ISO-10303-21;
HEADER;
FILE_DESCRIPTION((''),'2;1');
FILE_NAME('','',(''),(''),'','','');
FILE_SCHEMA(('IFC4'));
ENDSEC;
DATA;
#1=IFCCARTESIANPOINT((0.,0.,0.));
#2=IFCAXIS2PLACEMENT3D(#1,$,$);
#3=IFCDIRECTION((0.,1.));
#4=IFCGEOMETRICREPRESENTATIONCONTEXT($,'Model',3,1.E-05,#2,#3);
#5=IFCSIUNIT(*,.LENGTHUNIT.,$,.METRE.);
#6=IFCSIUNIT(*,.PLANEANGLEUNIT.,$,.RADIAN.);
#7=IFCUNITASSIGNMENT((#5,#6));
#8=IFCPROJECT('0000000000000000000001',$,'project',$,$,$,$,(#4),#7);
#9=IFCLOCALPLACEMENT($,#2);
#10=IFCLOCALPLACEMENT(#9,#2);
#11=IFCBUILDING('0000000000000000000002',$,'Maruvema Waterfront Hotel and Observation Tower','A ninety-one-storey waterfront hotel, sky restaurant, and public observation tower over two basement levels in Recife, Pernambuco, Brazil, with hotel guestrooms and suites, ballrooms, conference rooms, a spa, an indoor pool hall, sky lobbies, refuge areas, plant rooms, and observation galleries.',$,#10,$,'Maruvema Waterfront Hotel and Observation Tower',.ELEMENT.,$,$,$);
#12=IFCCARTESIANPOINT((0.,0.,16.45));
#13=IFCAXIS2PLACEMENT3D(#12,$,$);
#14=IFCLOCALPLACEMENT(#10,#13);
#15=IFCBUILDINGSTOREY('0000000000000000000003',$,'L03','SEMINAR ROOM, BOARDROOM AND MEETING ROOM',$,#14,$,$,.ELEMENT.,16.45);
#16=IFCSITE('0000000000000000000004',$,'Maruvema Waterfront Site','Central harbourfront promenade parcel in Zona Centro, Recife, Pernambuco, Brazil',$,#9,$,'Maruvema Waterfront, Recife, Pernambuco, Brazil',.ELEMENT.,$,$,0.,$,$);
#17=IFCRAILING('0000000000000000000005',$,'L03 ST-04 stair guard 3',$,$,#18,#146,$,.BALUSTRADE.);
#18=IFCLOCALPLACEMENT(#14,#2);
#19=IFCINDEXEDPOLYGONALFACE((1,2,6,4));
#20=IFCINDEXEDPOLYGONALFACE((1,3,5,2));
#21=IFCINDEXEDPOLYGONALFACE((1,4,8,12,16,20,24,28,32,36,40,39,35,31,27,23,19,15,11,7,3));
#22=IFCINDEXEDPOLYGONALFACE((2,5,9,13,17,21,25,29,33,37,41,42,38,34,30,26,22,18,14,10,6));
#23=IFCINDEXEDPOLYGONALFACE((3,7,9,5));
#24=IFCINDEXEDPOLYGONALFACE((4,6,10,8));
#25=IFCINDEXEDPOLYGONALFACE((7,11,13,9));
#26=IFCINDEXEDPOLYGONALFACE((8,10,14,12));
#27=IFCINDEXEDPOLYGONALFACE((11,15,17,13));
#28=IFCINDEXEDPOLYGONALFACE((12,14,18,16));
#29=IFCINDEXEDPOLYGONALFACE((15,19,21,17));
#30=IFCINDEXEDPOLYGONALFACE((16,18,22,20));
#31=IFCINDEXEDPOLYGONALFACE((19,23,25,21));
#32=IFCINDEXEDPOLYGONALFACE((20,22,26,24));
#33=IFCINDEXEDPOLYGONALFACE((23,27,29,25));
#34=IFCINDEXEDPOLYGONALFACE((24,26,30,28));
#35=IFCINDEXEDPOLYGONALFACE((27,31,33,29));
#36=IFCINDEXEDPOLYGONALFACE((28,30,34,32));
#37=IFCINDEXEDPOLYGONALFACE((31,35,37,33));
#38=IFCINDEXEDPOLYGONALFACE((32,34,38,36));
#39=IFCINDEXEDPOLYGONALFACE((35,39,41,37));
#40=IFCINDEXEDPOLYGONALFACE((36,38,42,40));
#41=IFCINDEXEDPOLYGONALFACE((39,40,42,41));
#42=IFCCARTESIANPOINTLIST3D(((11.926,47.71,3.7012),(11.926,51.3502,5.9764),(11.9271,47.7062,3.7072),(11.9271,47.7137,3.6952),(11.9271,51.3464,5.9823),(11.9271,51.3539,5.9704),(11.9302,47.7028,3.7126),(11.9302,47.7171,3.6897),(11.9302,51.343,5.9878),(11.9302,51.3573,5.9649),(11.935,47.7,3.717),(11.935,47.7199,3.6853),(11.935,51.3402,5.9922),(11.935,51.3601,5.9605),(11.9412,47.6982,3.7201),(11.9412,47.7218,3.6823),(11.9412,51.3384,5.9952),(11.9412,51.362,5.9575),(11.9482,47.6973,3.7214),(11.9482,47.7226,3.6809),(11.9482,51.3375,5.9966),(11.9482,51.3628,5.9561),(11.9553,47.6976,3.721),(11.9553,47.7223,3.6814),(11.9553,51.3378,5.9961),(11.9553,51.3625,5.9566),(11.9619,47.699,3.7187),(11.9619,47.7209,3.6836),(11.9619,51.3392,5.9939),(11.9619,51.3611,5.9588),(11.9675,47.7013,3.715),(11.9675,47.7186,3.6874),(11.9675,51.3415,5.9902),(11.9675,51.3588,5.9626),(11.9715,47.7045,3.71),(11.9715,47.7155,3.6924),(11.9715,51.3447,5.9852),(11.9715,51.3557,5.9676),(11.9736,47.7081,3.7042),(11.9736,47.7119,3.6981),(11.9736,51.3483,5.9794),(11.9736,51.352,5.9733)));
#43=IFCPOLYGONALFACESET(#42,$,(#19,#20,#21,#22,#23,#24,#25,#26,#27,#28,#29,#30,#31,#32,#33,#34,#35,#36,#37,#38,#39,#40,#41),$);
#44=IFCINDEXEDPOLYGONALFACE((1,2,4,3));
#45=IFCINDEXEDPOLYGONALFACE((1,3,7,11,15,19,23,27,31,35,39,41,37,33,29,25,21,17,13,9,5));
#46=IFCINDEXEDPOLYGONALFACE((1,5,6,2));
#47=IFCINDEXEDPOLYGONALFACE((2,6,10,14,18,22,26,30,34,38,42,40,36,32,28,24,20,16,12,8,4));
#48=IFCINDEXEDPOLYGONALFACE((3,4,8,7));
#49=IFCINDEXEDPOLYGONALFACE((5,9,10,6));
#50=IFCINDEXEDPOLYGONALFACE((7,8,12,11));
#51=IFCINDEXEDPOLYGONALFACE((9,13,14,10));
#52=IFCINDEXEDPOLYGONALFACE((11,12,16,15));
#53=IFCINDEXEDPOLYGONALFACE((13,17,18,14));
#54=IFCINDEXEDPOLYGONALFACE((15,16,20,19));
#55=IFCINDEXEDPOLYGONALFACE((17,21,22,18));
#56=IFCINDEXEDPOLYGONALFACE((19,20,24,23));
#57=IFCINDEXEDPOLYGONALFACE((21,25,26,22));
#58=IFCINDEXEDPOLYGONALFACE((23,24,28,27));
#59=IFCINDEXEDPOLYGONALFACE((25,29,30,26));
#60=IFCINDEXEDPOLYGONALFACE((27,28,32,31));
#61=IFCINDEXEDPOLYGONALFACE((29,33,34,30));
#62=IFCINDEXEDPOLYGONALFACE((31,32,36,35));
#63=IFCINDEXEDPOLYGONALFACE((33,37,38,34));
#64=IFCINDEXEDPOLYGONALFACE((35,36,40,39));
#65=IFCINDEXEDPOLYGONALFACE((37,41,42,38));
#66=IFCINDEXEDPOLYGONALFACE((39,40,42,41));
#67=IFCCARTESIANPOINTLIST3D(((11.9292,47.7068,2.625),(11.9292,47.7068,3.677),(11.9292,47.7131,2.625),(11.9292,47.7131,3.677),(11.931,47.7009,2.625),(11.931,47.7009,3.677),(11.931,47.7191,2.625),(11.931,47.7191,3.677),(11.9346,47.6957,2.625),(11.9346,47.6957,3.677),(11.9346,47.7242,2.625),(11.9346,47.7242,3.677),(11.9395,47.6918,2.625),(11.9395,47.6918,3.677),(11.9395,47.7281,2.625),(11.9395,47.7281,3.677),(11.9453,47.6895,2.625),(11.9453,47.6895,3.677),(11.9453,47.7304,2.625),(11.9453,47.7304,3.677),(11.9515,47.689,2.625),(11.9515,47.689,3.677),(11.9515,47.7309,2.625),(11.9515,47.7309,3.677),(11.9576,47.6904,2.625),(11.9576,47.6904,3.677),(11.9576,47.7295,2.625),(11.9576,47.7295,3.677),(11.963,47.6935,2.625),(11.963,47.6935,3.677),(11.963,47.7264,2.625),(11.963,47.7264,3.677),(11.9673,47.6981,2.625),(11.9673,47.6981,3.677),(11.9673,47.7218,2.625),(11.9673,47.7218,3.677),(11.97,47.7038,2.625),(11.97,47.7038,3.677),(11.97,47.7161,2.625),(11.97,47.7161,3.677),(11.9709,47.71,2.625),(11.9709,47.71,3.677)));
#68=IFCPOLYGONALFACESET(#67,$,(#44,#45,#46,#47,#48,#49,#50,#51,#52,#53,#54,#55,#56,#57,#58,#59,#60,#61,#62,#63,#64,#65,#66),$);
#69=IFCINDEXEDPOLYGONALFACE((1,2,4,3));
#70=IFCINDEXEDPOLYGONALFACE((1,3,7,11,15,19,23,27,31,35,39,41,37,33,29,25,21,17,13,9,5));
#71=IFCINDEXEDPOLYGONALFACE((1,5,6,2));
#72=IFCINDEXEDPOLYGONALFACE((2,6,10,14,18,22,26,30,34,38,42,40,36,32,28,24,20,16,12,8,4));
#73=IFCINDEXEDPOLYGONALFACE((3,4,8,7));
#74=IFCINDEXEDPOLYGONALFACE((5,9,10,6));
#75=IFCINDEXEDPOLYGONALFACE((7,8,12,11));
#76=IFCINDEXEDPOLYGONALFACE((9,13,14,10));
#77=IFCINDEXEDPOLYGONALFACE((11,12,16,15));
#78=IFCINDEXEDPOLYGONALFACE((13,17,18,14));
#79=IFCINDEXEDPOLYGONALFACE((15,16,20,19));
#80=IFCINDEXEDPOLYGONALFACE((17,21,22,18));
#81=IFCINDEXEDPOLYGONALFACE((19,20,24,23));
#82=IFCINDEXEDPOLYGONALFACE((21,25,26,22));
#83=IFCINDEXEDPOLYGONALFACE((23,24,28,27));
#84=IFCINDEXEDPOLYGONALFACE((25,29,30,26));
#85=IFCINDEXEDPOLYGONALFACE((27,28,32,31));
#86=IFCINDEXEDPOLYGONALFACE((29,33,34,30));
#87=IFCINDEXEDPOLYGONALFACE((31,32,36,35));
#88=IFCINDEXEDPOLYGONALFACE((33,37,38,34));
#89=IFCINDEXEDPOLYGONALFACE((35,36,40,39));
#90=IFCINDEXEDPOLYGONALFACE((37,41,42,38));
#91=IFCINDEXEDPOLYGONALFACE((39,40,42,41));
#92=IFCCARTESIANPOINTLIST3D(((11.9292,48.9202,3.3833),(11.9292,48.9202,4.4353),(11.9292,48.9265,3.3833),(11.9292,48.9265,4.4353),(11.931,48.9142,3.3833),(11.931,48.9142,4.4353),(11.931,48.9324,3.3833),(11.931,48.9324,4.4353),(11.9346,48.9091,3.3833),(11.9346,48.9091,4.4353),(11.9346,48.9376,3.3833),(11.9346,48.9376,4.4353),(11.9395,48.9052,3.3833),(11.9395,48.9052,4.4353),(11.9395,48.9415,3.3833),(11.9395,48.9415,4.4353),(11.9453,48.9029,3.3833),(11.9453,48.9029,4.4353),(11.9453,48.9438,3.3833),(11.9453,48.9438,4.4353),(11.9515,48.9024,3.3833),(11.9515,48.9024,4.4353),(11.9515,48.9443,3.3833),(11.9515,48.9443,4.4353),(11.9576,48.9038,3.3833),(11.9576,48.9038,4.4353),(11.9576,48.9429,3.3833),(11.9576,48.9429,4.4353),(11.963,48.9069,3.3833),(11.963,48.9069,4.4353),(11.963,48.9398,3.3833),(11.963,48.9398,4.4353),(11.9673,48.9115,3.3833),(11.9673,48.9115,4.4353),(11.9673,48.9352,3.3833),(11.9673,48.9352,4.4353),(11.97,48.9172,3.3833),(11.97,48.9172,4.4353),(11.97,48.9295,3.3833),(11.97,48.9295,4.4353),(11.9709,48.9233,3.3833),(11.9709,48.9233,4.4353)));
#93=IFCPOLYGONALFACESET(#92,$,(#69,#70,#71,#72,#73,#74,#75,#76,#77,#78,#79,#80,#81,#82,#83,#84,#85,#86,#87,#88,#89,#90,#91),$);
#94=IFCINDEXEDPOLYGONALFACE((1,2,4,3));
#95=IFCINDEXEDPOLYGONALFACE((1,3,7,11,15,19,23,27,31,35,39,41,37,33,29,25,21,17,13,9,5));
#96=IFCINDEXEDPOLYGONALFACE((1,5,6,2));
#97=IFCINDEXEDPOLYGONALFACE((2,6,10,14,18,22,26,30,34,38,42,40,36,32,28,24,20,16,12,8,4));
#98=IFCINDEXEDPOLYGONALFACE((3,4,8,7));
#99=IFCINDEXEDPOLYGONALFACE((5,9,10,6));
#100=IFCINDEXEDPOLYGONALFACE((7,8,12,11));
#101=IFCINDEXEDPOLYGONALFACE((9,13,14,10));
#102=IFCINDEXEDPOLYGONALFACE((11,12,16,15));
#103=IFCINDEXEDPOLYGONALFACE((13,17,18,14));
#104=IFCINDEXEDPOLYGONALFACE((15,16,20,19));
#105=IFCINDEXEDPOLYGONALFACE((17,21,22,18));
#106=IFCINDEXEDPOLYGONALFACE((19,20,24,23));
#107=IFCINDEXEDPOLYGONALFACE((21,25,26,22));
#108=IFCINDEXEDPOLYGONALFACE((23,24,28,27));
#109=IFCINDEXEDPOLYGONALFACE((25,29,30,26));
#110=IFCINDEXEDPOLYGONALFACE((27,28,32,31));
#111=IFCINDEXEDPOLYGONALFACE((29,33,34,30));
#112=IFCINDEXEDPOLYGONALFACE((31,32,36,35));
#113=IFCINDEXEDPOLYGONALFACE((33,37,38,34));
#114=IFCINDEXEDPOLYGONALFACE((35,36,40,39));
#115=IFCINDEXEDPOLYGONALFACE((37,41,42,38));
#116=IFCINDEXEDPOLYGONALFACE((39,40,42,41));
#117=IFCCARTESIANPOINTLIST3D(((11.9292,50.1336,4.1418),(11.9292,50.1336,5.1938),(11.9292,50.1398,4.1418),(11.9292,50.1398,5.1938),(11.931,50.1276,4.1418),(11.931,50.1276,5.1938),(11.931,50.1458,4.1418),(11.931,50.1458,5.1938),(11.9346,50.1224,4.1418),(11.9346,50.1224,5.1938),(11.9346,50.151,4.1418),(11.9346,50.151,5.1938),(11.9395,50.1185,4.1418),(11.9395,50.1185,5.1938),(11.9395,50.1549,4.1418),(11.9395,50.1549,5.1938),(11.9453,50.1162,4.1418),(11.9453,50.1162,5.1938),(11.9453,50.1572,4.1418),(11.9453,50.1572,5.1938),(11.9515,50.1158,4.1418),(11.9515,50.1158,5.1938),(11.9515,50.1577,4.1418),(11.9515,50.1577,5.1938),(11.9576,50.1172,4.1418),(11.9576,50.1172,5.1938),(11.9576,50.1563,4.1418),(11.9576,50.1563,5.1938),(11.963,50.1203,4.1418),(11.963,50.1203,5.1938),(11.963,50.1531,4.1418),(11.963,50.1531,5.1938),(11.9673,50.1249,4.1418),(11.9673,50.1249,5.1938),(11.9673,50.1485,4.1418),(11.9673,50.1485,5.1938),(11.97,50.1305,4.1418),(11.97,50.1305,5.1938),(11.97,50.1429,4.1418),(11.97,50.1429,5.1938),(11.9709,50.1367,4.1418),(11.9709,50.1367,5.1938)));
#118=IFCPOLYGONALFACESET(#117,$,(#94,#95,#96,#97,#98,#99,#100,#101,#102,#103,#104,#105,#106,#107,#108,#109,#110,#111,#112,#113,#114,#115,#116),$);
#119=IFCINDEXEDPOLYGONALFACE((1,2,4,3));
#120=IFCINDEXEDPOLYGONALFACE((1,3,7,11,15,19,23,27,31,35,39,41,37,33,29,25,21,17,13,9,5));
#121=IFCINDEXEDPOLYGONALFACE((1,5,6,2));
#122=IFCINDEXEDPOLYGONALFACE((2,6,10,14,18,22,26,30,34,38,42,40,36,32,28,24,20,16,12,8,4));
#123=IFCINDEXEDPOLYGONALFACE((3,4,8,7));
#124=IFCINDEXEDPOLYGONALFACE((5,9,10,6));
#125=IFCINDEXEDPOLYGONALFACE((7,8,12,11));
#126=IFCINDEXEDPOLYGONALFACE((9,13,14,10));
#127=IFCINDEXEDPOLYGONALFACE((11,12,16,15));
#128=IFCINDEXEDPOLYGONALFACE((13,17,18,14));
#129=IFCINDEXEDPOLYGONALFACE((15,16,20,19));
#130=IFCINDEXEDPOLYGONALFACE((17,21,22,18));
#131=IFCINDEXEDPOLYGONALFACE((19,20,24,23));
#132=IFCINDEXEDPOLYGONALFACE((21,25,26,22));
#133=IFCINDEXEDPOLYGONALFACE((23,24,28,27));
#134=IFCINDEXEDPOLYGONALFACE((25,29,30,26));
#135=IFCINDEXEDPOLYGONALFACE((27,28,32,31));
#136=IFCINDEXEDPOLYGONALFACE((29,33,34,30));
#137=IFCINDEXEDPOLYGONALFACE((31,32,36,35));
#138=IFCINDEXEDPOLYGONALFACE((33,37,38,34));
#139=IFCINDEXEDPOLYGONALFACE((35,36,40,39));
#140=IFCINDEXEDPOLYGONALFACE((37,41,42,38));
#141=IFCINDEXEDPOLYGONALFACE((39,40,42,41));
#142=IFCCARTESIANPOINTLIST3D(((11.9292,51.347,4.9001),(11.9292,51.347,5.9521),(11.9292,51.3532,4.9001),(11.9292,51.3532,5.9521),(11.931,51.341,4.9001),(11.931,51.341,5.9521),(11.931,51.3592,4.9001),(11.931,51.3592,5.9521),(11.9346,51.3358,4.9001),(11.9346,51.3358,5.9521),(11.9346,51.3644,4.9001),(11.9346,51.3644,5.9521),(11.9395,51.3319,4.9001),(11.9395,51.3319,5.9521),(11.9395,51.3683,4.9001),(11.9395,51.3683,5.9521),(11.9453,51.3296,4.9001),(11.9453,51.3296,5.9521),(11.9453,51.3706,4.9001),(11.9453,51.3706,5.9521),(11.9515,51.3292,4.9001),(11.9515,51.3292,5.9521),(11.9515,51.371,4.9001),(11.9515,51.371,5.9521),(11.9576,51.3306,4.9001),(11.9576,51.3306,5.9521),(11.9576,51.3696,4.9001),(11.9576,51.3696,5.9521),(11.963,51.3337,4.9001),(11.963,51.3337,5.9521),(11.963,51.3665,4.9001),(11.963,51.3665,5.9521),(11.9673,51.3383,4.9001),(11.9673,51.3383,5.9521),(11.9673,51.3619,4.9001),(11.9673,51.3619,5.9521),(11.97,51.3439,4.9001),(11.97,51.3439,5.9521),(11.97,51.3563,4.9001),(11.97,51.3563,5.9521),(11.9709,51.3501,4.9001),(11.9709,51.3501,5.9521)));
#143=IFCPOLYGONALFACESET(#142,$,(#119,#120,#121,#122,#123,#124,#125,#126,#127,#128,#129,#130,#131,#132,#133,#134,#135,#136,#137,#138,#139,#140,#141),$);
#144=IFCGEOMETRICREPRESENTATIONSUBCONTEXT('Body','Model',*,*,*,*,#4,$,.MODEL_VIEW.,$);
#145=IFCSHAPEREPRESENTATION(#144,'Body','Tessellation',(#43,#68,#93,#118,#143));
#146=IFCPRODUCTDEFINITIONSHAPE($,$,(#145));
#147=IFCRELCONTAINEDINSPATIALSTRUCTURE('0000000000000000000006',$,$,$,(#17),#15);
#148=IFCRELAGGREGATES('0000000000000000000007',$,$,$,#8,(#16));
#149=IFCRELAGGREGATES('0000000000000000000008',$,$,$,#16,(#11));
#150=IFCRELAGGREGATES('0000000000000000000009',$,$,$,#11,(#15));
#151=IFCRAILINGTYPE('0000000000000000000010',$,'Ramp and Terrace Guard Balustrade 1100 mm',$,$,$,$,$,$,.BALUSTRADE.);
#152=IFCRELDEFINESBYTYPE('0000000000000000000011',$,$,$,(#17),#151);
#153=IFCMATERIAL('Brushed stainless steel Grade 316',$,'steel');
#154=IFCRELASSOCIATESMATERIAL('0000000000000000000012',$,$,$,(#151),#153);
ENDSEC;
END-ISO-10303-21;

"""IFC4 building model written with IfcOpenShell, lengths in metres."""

from ifc_helpers import new_model, si_unit, direction, frame, origin, origin_2d, place, context, subcontext, project, spatial, circle, extrude, material, type_object, element, save


model = new_model("IFC4")

# Units and contexts
model_context = context("Model", 3, precision=1e-05, world=origin(), true_north=direction((0.0, 1.0)))
body_context = subcontext(model_context, "Body", "Model", "MODEL_VIEW")
ifc_project = project(units=[si_unit("LENGTHUNIT", "METRE"), si_unit("PLANEANGLEUNIT", "RADIAN")], contexts=[model_context])

# Site, building, storey
site_placement = place(None, origin())
site = spatial("IfcSite", under=ifc_project, at=site_placement, Name="Maruvema Waterfront Site", Description="Central harbourfront promenade parcel in Zona Centro, Recife, Pernambuco, Brazil", LongName="Maruvema Waterfront, Recife, Pernambuco, Brazil", CompositionType="ELEMENT", RefElevation=0.0)
building_placement = place(site_placement, origin())
building = spatial("IfcBuilding", under=site, at=building_placement, Name="Maruvema Waterfront Hotel and Observation Tower", Description="A ninety-one-storey waterfront hotel, sky restaurant, and public observation tower over two basement levels in Recife, Pernambuco, Brazil, with hotel guestrooms and suites, ballrooms, conference rooms, a spa, an indoor pool hall, sky lobbies, refuge areas, plant rooms, and observation galleries.", LongName="Maruvema Waterfront Hotel and Observation Tower", CompositionType="ELEMENT")
storey_placement = place(building_placement, frame((0.0, 0.0, 16.45)))
storey = spatial("IfcBuildingStorey", under=building, at=storey_placement, Name="L03", Description="SEMINAR ROOM, BOARDROOM AND MEETING ROOM", CompositionType="ELEMENT", Elevation=16.45)

# Railing
ifc_material_1 = material(Name="Brushed stainless steel Grade 316", Category="steel")
railing_type_1 = type_object("IfcRailingType", Name="Ramp and Terrace Guard Balustrade 1100 mm", PredefinedType="BALUSTRADE", material=ifc_material_1)
railing_1_placement = place(storey_placement, frame((11.95, 47.71, 2.625)))
element("IfcRailing", 1, at=railing_1_placement, inside=storey, type_object=railing_type_1, Name="L03 ST-04 stair guard 3", PredefinedType="BALUSTRADE", context=body_context, shape_type="SweptSolid", body=[
    extrude(circle(Radius=0.0239, at=origin_2d()), frame((0.0, 0.0, 1.0762), z_axis=(0.0, 0.847992, 0.530009), x_axis=(-1.0, 0.0, 0.0)), (0.0, 0.0, 1.0), 4.2927),
    extrude(circle(Radius=0.021, at=origin_2d()), origin(), (0.0, 0.0, 1.0), 1.052),
    extrude(circle(Radius=0.021, at=origin_2d()), frame((0.0, 1.2134, 0.7583)), (0.0, 0.0, 1.0), 1.052),
    extrude(circle(Radius=0.021, at=origin_2d()), frame((0.0, 2.4268, 1.5168)), (0.0, 0.0, 1.0), 1.052),
    extrude(circle(Radius=0.021, at=origin_2d()), frame((0.0, 3.6401, 2.2751)), (0.0, 0.0, 1.0), 1.052),
])

save(model, "model.ifc")
